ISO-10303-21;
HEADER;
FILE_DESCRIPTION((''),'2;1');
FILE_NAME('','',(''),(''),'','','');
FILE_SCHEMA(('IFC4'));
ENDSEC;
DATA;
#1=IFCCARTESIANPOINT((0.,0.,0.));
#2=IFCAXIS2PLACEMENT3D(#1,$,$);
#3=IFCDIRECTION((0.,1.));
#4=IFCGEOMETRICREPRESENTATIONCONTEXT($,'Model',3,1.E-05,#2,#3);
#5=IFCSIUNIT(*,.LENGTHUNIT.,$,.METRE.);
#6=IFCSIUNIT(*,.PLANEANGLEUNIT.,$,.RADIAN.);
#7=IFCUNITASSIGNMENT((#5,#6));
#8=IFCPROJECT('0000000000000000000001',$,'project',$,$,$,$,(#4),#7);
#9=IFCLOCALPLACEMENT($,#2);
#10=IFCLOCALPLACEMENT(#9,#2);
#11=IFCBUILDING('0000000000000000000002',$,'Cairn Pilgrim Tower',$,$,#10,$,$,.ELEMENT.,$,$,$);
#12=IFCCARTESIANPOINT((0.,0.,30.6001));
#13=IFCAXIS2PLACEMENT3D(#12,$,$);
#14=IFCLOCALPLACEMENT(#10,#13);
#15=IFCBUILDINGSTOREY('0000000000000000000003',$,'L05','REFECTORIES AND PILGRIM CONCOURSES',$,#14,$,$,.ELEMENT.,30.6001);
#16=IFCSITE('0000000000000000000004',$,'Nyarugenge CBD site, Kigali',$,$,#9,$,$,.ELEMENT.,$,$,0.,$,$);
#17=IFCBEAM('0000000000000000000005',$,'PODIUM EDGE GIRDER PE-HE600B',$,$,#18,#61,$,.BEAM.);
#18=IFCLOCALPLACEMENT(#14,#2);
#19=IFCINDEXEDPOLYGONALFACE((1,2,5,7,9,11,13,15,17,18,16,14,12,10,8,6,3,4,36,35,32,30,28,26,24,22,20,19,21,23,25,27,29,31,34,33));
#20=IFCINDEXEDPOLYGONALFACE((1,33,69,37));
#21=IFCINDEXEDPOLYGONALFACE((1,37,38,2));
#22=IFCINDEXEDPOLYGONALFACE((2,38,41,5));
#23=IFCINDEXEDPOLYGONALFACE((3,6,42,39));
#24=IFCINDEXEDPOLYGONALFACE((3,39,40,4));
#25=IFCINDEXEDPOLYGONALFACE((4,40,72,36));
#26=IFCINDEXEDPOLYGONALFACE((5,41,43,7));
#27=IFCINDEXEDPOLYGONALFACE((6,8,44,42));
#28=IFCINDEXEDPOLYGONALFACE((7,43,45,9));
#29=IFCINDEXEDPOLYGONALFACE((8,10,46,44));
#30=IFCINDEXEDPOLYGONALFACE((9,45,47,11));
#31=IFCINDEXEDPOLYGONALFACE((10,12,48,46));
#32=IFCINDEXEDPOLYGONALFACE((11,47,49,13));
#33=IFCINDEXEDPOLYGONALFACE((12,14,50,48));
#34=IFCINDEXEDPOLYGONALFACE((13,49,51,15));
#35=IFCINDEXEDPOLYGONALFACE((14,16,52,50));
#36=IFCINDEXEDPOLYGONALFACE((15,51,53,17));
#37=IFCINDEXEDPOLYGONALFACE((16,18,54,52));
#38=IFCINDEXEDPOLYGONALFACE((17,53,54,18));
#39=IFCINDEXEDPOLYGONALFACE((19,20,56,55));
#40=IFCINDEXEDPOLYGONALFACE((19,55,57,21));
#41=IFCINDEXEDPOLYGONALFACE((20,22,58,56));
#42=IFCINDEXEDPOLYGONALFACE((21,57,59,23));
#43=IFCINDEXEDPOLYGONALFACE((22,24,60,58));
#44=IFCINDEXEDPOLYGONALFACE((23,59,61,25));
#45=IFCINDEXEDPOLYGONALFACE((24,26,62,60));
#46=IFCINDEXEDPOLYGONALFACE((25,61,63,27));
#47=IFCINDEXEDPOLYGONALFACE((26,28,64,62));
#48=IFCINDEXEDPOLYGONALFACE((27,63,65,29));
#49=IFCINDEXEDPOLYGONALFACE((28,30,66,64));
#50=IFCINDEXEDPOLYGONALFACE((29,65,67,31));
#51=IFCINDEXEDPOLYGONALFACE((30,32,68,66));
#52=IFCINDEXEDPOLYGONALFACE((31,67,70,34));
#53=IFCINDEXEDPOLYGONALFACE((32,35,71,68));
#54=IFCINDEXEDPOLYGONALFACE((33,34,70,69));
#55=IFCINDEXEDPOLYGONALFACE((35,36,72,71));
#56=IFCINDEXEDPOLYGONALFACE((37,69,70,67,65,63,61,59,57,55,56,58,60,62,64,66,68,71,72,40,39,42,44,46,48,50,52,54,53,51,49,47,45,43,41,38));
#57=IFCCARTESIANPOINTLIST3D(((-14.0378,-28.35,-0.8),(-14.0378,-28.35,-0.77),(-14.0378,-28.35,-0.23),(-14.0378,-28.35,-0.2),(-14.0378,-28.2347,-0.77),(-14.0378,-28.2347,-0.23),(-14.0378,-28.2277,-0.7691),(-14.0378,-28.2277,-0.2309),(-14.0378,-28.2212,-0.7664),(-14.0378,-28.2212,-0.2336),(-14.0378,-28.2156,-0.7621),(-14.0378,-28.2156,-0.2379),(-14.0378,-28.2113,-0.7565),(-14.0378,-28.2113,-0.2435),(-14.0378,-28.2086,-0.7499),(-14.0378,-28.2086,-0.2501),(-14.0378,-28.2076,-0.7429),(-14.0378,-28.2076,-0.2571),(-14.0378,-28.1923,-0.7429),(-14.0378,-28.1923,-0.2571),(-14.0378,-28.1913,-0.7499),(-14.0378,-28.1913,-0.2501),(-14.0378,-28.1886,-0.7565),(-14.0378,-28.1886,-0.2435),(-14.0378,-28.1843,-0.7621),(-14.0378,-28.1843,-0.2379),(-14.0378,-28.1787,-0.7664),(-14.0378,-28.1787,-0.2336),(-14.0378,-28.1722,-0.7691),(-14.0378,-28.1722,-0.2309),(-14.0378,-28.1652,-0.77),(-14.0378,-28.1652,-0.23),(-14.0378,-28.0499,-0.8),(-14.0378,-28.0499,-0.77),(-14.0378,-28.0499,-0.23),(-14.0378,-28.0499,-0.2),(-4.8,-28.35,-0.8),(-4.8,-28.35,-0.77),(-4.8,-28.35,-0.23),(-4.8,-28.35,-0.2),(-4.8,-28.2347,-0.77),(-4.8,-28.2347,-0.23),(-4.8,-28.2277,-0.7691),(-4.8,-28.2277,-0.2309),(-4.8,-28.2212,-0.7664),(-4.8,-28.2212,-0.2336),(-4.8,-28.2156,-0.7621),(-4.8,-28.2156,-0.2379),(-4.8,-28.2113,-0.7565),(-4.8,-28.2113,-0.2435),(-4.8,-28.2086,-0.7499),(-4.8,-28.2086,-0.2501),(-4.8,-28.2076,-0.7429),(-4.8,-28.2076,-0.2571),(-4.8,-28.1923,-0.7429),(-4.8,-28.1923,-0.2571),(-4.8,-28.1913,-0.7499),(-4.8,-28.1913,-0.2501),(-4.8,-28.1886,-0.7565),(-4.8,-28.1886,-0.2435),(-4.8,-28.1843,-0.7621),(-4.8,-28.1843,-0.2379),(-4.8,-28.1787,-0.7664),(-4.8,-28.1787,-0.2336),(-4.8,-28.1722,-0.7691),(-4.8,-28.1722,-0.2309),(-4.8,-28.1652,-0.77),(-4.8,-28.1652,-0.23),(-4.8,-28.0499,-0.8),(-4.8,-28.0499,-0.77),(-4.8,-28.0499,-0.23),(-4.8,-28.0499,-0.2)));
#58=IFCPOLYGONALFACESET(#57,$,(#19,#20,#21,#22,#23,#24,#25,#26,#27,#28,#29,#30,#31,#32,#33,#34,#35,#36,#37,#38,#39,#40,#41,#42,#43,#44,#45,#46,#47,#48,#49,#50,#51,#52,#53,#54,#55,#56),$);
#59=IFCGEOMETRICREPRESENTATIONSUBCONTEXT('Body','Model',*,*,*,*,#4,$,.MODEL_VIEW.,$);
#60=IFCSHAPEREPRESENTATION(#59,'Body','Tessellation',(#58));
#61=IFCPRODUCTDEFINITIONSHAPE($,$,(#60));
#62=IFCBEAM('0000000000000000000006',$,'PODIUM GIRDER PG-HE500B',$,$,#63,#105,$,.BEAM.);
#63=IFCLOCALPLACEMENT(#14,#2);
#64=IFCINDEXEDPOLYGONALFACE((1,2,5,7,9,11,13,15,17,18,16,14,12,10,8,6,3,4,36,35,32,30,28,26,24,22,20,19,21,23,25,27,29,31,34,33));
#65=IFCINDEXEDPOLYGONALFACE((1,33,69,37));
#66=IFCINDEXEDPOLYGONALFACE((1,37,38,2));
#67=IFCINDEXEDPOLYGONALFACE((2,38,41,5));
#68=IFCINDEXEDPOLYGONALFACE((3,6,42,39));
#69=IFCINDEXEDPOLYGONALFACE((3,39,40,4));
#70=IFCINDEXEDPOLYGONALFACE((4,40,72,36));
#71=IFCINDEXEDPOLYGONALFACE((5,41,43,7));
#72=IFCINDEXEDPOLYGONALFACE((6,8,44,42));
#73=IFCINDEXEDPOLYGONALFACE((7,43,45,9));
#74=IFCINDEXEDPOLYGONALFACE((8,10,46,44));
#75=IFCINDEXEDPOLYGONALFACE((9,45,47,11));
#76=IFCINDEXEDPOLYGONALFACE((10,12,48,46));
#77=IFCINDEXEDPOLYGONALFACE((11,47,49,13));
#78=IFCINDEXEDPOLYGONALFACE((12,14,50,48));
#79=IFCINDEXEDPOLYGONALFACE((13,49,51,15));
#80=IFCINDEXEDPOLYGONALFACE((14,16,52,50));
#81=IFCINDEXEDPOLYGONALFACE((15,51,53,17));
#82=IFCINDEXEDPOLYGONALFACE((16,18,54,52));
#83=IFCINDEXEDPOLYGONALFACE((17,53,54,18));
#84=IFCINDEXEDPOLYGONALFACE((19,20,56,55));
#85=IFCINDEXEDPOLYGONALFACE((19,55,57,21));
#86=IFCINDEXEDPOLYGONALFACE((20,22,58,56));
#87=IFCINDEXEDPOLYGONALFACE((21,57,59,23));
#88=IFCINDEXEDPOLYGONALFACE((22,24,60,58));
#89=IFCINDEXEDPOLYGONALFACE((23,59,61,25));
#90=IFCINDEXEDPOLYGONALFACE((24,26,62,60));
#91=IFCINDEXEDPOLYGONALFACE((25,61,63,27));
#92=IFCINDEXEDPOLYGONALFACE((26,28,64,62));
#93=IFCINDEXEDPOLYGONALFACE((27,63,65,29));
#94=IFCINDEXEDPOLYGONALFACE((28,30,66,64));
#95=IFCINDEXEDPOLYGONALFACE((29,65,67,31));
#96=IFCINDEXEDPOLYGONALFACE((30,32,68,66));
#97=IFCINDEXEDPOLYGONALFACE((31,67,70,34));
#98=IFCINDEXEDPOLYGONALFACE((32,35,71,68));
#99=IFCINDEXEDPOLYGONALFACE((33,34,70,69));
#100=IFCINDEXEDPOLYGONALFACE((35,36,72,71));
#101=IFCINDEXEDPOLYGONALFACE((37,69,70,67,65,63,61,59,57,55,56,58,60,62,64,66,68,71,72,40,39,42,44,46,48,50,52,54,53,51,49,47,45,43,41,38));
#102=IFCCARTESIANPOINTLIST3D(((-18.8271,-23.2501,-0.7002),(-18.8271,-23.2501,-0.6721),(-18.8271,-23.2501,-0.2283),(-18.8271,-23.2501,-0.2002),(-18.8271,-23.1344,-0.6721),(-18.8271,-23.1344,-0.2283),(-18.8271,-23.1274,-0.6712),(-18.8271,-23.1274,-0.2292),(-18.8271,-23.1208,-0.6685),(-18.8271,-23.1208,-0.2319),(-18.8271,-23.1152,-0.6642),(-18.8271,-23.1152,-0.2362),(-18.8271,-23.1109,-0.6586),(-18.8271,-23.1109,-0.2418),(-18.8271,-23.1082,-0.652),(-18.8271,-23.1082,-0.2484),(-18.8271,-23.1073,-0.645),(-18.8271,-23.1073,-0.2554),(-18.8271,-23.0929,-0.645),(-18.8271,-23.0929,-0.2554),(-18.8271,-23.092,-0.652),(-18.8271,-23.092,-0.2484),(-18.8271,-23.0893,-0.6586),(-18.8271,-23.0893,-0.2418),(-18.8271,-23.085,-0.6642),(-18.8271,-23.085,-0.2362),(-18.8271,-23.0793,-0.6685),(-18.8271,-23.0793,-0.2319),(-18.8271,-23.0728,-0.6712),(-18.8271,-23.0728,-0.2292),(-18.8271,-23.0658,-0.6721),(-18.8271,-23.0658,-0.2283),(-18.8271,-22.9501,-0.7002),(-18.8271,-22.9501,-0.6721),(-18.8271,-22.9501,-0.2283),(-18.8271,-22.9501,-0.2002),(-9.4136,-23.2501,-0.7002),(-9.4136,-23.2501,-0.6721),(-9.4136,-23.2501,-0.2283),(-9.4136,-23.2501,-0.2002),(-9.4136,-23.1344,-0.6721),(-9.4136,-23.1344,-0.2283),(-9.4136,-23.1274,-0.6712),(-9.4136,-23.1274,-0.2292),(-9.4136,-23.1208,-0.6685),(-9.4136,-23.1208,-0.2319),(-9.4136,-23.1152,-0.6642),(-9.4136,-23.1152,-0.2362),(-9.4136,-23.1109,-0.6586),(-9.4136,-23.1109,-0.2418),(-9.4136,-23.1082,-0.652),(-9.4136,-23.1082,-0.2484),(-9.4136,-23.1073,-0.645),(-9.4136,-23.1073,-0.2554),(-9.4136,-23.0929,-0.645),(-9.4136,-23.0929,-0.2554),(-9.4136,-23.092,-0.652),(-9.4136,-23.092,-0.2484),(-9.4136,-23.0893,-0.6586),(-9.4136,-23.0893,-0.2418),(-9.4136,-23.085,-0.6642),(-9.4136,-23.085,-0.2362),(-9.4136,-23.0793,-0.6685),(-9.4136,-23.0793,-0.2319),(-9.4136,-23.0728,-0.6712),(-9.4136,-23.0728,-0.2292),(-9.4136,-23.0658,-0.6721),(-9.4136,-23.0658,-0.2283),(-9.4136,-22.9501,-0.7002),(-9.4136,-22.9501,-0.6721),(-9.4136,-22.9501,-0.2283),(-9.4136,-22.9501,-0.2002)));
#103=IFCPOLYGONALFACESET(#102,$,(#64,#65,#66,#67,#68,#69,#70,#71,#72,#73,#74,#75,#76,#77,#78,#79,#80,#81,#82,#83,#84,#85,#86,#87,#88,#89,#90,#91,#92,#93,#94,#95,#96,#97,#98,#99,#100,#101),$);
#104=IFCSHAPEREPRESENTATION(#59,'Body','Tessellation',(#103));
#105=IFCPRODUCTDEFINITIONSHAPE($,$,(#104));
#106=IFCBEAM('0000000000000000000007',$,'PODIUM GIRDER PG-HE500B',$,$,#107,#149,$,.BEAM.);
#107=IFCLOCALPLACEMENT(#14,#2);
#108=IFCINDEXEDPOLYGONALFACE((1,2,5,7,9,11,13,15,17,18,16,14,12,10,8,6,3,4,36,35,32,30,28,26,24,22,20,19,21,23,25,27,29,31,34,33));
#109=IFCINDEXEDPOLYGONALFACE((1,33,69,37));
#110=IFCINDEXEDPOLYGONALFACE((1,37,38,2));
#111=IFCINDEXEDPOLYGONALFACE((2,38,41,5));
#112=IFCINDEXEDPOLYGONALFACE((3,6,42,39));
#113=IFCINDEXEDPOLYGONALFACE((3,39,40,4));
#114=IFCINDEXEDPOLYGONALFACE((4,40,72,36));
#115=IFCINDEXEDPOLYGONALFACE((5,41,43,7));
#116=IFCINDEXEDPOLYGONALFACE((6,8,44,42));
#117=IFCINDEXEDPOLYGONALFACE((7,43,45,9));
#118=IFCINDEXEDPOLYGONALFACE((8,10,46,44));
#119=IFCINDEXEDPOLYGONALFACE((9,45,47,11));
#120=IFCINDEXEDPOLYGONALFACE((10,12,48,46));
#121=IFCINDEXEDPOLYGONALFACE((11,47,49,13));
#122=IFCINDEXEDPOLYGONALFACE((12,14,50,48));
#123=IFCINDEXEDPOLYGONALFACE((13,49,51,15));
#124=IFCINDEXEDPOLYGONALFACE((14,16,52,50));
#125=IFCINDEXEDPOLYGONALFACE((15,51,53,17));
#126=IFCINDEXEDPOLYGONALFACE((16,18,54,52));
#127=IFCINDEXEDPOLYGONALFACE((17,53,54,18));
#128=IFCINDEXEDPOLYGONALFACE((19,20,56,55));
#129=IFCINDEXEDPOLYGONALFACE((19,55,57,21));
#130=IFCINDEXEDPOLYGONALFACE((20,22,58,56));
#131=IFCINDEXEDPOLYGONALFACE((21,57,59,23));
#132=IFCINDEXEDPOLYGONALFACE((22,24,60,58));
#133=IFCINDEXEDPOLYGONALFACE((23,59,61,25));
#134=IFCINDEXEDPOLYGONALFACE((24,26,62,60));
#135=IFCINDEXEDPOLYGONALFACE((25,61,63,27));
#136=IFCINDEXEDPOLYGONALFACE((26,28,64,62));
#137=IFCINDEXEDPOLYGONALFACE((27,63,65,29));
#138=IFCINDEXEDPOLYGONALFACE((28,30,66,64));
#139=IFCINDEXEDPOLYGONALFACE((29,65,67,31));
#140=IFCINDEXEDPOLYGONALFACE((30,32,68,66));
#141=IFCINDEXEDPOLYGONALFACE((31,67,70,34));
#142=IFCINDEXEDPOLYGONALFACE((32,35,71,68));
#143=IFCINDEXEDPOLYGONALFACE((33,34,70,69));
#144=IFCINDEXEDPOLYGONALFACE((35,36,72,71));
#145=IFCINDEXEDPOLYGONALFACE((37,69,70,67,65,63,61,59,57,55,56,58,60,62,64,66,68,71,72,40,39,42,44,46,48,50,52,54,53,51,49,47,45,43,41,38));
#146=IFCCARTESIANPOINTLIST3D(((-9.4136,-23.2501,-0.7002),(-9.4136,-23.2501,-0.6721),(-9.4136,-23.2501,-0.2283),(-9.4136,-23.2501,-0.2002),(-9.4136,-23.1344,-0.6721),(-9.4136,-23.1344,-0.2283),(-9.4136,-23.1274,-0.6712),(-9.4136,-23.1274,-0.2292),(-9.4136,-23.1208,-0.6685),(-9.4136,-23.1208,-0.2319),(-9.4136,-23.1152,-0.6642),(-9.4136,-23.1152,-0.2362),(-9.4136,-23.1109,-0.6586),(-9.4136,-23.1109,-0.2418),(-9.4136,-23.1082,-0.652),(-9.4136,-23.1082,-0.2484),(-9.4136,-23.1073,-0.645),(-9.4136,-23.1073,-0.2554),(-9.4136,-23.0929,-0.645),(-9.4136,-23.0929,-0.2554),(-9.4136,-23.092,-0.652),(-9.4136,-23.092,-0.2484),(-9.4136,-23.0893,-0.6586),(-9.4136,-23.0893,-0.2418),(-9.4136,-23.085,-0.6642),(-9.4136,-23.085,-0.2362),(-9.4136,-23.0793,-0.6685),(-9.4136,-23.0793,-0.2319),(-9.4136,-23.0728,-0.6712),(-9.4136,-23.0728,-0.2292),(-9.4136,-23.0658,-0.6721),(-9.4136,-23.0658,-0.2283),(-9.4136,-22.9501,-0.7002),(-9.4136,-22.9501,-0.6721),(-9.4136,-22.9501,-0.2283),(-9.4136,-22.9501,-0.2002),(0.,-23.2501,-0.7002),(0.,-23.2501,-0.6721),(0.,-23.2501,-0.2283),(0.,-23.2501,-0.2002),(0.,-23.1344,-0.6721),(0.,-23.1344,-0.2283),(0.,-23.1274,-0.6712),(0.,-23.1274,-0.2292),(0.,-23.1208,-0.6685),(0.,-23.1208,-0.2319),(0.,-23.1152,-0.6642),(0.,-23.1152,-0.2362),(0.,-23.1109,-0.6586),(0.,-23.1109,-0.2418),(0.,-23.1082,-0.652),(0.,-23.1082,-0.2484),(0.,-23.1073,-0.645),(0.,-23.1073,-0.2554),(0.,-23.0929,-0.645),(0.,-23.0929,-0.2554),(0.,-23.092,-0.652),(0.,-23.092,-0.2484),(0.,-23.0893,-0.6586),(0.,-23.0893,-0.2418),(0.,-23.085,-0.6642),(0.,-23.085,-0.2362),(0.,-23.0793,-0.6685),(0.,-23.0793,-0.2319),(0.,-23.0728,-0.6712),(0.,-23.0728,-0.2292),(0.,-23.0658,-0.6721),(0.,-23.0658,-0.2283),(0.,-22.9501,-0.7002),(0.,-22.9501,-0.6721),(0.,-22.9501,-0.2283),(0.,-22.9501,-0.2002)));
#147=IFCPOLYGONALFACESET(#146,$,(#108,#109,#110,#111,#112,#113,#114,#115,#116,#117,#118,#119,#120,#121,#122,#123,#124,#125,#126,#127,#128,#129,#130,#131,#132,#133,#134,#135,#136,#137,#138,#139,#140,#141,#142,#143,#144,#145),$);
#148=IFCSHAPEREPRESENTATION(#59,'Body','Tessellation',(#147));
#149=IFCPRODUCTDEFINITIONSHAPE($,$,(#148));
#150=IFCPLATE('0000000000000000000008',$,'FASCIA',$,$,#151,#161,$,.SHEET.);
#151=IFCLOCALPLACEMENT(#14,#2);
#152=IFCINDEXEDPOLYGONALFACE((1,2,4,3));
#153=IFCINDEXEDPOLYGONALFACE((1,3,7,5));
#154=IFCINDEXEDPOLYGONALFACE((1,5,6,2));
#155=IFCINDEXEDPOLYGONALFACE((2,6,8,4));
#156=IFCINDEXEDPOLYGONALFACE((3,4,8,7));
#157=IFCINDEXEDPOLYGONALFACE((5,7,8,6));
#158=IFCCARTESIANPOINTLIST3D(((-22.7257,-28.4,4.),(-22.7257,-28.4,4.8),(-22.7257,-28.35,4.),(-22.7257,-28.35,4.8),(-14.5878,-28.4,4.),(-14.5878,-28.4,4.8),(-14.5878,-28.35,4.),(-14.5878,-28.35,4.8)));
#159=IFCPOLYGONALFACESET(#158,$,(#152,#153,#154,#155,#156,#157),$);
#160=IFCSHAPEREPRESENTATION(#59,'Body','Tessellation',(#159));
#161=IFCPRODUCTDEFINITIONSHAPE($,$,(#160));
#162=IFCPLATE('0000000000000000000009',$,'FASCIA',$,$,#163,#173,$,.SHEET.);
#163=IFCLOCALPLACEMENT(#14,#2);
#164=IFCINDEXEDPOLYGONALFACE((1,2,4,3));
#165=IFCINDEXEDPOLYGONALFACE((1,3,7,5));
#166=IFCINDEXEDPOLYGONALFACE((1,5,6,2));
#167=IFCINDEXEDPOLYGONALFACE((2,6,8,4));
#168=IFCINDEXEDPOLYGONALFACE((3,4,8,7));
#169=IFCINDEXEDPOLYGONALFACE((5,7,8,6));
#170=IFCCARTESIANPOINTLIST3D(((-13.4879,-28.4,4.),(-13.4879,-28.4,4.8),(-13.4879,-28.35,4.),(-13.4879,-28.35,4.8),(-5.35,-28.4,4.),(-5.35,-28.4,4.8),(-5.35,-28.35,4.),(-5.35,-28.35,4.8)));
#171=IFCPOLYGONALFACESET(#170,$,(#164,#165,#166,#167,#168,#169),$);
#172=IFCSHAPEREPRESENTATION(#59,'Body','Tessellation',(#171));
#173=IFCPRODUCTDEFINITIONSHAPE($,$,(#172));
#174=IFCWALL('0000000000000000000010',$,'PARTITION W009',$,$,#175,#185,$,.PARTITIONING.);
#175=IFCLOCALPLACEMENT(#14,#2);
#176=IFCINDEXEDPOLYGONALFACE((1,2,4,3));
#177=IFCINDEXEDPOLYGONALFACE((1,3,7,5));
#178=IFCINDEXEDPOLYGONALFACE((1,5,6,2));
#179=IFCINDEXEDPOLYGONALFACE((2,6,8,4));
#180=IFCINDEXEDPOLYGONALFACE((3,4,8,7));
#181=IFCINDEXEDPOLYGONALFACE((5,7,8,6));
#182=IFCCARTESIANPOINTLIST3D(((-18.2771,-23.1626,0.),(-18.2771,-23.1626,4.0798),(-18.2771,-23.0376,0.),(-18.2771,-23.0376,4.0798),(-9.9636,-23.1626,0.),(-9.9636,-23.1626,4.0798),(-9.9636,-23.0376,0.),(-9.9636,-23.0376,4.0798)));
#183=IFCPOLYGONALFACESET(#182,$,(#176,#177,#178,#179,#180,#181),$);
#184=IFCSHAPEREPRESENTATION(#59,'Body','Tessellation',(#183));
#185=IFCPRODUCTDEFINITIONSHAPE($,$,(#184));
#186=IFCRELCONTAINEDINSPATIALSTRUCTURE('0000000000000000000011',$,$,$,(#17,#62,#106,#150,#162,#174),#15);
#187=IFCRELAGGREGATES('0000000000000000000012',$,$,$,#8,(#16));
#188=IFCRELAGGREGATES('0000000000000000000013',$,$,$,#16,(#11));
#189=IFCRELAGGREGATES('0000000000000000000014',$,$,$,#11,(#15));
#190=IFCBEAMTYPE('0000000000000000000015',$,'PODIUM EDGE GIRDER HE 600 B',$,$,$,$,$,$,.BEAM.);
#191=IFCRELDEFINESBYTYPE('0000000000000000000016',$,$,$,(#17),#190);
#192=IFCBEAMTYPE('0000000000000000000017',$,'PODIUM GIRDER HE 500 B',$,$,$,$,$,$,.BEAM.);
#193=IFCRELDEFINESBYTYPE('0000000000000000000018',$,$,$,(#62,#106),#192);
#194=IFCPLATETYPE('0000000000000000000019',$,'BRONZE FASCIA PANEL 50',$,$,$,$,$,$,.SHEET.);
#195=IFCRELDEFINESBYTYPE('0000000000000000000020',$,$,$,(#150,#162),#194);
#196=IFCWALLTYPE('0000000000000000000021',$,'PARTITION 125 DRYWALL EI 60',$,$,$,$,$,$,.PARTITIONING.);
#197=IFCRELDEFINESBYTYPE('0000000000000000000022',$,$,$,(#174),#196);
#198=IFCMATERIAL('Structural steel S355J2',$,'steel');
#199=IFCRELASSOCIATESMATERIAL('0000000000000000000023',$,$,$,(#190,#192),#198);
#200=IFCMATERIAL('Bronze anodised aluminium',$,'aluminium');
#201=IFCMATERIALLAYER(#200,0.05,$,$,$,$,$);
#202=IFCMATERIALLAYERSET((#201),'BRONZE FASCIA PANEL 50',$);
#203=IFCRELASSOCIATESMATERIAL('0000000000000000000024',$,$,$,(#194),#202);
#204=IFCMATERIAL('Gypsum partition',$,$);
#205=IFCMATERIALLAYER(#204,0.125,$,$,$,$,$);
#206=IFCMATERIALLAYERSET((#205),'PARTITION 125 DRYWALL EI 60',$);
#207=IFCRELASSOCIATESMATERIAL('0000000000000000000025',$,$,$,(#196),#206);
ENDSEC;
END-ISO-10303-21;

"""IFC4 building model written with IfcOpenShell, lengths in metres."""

from ifc_helpers import new_model, si_unit, direction, frame, frame_2d, origin, origin_2d, place, context, subcontext, project, spatial, rectangle, i_section, extrude, material, layer, layer_set, material_profile, profile_set, type_object, element, save


model = new_model("IFC4")

# Units and contexts
model_context = context("Model", 3, precision=1e-05, world=origin(), true_north=direction((0.0, 1.0)))
body_context = subcontext(model_context, "Body", "Model", "MODEL_VIEW")
ifc_project = project(units=[si_unit("LENGTHUNIT", "METRE"), si_unit("PLANEANGLEUNIT", "RADIAN")], contexts=[model_context])

# Site, building, storey
site_placement = place(None, origin())
site = spatial("IfcSite", under=ifc_project, at=site_placement, Name="Nyarugenge CBD site, Kigali", CompositionType="ELEMENT", RefElevation=0.0)
building_placement = place(site_placement, origin())
building = spatial("IfcBuilding", under=site, at=building_placement, Name="Cairn Pilgrim Tower", CompositionType="ELEMENT")
storey_placement = place(building_placement, frame((0.0, 0.0, 30.6001)))
storey = spatial("IfcBuildingStorey", under=building, at=storey_placement, Name="L05", Description="REFECTORIES AND PILGRIM CONCOURSES", CompositionType="ELEMENT", Elevation=30.6001)

# Beams
ifc_material_1 = material(Name="Structural steel S355J2", Category="steel")
ifc_material_profile_1 = material_profile(ifc_material_1, i_section(OverallWidth=0.3, OverallDepth=0.6001, WebThickness=0.0154, FlangeThickness=0.03, FilletRadius=0.0271, at=origin_2d()), Name="HEB 600")
ifc_profile_set_1 = profile_set([ifc_material_profile_1], Name="Structural steel S355J2")
beam_type_1 = type_object("IfcBeamType", Name="PODIUM EDGE GIRDER HE 600 B", PredefinedType="BEAM", material=ifc_profile_set_1)
beam_1_placement = place(storey_placement, frame((-14.0378, -28.2, -0.5), z_axis=(1.0, 0.0, 0.0), x_axis=(0.0, 1.0, 0.0)))
element("IfcBeam", 1, at=beam_1_placement, inside=storey, type_object=beam_type_1, Name="PODIUM EDGE GIRDER PE-HE600B", PredefinedType="BEAM", context=body_context, shape_type="SweptSolid", body=[
    extrude(i_section(OverallWidth=0.3, OverallDepth=0.6001, WebThickness=0.0154, FlangeThickness=0.03, FilletRadius=0.0271, at=origin_2d()), origin(), (0.0, 0.0, 1.0), 9.2378),
])
ifc_material_profile_2 = material_profile(ifc_material_1, i_section(OverallWidth=0.3, OverallDepth=0.5, WebThickness=0.0144, FlangeThickness=0.0281, FilletRadius=0.0271, at=origin_2d()), Name="HEB 500")
ifc_profile_set_2 = profile_set([ifc_material_profile_2], Name="Structural steel S355J2")
beam_type_2 = type_object("IfcBeamType", Name="PODIUM GIRDER HE 500 B", PredefinedType="BEAM", material=ifc_profile_set_2)
for number, where, z_axis, x_axis, name in (
    (2, (-18.8271, -23.1001, -0.4502), (1.0, 0.0, 0.0), (0.0, 1.0, 0.0), "PODIUM GIRDER PG-HE500B"),
    (3, (-9.4136, -23.1001, -0.4502), (1.0, 0.0, 0.0), (0.0, 1.0, 0.0), "PODIUM GIRDER PG-HE500B"),
):
    element("IfcBeam", number, at=place(storey_placement, frame(where, z_axis=z_axis, x_axis=x_axis)), inside=storey, type_object=beam_type_2, Name=name, PredefinedType="BEAM", context=body_context, shape_type="SweptSolid", body=[
        extrude(i_section(OverallWidth=0.3, OverallDepth=0.5, WebThickness=0.0144, FlangeThickness=0.0281, FilletRadius=0.0271, at=origin_2d()), origin(), (0.0, 0.0, 1.0), 9.4136),
    ])

# Plates
ifc_material_2 = material(Name="Bronze anodised aluminium", Category="aluminium")
ifc_layer_1 = layer(ifc_material_2, 0.05)
ifc_layer_set_1 = layer_set([ifc_layer_1], Name="BRONZE FASCIA PANEL 50")
plate_type = type_object("IfcPlateType", Name="BRONZE FASCIA PANEL 50", PredefinedType="SHEET", material=ifc_layer_set_1)
for number, where, z_axis, x_axis, name in (
    (4, (-18.6567, -28.375, 4.0), (0.0, 0.0, 1.0), (1.0, 0.0, 0.0), "FASCIA"),
    (5, (-9.4189, -28.375, 4.0), (0.0, 0.0, 1.0), (1.0, 0.0, 0.0), "FASCIA"),
):
    element("IfcPlate", number, at=place(storey_placement, frame(where, z_axis=z_axis, x_axis=x_axis)), inside=storey, type_object=plate_type, Name=name, PredefinedType="SHEET", context=body_context, shape_type="SweptSolid", body=[
        extrude(rectangle(XDim=8.1379, YDim=0.05, at=origin_2d()), origin(), (0.0, 0.0, 1.0), 0.8),
    ])

# Wall
ifc_material_3 = material(Name="Gypsum partition")
ifc_layer_2 = layer(ifc_material_3, 0.125)
ifc_layer_set_2 = layer_set([ifc_layer_2], Name="PARTITION 125 DRYWALL EI 60")
wall_type_1 = type_object("IfcWallType", Name="PARTITION 125 DRYWALL EI 60", PredefinedType="PARTITIONING", material=ifc_layer_set_2)
wall_1_placement = place(storey_placement, frame((-18.2771, -23.1001, 0.0), z_axis=(0.0, 0.0, 1.0), x_axis=(1.0, 0.0, 0.0)))
element("IfcWall", 6, at=wall_1_placement, inside=storey, type_object=wall_type_1, Name="PARTITION W009", PredefinedType="PARTITIONING", context=body_context, shape_type="SweptSolid", body=[
    extrude(rectangle(XDim=8.3135, YDim=0.125, at=frame_2d((4.1567, 0.0))), origin(), (0.0, 0.0, 1.0), 4.0798),
])

save(model, "model.ifc")
